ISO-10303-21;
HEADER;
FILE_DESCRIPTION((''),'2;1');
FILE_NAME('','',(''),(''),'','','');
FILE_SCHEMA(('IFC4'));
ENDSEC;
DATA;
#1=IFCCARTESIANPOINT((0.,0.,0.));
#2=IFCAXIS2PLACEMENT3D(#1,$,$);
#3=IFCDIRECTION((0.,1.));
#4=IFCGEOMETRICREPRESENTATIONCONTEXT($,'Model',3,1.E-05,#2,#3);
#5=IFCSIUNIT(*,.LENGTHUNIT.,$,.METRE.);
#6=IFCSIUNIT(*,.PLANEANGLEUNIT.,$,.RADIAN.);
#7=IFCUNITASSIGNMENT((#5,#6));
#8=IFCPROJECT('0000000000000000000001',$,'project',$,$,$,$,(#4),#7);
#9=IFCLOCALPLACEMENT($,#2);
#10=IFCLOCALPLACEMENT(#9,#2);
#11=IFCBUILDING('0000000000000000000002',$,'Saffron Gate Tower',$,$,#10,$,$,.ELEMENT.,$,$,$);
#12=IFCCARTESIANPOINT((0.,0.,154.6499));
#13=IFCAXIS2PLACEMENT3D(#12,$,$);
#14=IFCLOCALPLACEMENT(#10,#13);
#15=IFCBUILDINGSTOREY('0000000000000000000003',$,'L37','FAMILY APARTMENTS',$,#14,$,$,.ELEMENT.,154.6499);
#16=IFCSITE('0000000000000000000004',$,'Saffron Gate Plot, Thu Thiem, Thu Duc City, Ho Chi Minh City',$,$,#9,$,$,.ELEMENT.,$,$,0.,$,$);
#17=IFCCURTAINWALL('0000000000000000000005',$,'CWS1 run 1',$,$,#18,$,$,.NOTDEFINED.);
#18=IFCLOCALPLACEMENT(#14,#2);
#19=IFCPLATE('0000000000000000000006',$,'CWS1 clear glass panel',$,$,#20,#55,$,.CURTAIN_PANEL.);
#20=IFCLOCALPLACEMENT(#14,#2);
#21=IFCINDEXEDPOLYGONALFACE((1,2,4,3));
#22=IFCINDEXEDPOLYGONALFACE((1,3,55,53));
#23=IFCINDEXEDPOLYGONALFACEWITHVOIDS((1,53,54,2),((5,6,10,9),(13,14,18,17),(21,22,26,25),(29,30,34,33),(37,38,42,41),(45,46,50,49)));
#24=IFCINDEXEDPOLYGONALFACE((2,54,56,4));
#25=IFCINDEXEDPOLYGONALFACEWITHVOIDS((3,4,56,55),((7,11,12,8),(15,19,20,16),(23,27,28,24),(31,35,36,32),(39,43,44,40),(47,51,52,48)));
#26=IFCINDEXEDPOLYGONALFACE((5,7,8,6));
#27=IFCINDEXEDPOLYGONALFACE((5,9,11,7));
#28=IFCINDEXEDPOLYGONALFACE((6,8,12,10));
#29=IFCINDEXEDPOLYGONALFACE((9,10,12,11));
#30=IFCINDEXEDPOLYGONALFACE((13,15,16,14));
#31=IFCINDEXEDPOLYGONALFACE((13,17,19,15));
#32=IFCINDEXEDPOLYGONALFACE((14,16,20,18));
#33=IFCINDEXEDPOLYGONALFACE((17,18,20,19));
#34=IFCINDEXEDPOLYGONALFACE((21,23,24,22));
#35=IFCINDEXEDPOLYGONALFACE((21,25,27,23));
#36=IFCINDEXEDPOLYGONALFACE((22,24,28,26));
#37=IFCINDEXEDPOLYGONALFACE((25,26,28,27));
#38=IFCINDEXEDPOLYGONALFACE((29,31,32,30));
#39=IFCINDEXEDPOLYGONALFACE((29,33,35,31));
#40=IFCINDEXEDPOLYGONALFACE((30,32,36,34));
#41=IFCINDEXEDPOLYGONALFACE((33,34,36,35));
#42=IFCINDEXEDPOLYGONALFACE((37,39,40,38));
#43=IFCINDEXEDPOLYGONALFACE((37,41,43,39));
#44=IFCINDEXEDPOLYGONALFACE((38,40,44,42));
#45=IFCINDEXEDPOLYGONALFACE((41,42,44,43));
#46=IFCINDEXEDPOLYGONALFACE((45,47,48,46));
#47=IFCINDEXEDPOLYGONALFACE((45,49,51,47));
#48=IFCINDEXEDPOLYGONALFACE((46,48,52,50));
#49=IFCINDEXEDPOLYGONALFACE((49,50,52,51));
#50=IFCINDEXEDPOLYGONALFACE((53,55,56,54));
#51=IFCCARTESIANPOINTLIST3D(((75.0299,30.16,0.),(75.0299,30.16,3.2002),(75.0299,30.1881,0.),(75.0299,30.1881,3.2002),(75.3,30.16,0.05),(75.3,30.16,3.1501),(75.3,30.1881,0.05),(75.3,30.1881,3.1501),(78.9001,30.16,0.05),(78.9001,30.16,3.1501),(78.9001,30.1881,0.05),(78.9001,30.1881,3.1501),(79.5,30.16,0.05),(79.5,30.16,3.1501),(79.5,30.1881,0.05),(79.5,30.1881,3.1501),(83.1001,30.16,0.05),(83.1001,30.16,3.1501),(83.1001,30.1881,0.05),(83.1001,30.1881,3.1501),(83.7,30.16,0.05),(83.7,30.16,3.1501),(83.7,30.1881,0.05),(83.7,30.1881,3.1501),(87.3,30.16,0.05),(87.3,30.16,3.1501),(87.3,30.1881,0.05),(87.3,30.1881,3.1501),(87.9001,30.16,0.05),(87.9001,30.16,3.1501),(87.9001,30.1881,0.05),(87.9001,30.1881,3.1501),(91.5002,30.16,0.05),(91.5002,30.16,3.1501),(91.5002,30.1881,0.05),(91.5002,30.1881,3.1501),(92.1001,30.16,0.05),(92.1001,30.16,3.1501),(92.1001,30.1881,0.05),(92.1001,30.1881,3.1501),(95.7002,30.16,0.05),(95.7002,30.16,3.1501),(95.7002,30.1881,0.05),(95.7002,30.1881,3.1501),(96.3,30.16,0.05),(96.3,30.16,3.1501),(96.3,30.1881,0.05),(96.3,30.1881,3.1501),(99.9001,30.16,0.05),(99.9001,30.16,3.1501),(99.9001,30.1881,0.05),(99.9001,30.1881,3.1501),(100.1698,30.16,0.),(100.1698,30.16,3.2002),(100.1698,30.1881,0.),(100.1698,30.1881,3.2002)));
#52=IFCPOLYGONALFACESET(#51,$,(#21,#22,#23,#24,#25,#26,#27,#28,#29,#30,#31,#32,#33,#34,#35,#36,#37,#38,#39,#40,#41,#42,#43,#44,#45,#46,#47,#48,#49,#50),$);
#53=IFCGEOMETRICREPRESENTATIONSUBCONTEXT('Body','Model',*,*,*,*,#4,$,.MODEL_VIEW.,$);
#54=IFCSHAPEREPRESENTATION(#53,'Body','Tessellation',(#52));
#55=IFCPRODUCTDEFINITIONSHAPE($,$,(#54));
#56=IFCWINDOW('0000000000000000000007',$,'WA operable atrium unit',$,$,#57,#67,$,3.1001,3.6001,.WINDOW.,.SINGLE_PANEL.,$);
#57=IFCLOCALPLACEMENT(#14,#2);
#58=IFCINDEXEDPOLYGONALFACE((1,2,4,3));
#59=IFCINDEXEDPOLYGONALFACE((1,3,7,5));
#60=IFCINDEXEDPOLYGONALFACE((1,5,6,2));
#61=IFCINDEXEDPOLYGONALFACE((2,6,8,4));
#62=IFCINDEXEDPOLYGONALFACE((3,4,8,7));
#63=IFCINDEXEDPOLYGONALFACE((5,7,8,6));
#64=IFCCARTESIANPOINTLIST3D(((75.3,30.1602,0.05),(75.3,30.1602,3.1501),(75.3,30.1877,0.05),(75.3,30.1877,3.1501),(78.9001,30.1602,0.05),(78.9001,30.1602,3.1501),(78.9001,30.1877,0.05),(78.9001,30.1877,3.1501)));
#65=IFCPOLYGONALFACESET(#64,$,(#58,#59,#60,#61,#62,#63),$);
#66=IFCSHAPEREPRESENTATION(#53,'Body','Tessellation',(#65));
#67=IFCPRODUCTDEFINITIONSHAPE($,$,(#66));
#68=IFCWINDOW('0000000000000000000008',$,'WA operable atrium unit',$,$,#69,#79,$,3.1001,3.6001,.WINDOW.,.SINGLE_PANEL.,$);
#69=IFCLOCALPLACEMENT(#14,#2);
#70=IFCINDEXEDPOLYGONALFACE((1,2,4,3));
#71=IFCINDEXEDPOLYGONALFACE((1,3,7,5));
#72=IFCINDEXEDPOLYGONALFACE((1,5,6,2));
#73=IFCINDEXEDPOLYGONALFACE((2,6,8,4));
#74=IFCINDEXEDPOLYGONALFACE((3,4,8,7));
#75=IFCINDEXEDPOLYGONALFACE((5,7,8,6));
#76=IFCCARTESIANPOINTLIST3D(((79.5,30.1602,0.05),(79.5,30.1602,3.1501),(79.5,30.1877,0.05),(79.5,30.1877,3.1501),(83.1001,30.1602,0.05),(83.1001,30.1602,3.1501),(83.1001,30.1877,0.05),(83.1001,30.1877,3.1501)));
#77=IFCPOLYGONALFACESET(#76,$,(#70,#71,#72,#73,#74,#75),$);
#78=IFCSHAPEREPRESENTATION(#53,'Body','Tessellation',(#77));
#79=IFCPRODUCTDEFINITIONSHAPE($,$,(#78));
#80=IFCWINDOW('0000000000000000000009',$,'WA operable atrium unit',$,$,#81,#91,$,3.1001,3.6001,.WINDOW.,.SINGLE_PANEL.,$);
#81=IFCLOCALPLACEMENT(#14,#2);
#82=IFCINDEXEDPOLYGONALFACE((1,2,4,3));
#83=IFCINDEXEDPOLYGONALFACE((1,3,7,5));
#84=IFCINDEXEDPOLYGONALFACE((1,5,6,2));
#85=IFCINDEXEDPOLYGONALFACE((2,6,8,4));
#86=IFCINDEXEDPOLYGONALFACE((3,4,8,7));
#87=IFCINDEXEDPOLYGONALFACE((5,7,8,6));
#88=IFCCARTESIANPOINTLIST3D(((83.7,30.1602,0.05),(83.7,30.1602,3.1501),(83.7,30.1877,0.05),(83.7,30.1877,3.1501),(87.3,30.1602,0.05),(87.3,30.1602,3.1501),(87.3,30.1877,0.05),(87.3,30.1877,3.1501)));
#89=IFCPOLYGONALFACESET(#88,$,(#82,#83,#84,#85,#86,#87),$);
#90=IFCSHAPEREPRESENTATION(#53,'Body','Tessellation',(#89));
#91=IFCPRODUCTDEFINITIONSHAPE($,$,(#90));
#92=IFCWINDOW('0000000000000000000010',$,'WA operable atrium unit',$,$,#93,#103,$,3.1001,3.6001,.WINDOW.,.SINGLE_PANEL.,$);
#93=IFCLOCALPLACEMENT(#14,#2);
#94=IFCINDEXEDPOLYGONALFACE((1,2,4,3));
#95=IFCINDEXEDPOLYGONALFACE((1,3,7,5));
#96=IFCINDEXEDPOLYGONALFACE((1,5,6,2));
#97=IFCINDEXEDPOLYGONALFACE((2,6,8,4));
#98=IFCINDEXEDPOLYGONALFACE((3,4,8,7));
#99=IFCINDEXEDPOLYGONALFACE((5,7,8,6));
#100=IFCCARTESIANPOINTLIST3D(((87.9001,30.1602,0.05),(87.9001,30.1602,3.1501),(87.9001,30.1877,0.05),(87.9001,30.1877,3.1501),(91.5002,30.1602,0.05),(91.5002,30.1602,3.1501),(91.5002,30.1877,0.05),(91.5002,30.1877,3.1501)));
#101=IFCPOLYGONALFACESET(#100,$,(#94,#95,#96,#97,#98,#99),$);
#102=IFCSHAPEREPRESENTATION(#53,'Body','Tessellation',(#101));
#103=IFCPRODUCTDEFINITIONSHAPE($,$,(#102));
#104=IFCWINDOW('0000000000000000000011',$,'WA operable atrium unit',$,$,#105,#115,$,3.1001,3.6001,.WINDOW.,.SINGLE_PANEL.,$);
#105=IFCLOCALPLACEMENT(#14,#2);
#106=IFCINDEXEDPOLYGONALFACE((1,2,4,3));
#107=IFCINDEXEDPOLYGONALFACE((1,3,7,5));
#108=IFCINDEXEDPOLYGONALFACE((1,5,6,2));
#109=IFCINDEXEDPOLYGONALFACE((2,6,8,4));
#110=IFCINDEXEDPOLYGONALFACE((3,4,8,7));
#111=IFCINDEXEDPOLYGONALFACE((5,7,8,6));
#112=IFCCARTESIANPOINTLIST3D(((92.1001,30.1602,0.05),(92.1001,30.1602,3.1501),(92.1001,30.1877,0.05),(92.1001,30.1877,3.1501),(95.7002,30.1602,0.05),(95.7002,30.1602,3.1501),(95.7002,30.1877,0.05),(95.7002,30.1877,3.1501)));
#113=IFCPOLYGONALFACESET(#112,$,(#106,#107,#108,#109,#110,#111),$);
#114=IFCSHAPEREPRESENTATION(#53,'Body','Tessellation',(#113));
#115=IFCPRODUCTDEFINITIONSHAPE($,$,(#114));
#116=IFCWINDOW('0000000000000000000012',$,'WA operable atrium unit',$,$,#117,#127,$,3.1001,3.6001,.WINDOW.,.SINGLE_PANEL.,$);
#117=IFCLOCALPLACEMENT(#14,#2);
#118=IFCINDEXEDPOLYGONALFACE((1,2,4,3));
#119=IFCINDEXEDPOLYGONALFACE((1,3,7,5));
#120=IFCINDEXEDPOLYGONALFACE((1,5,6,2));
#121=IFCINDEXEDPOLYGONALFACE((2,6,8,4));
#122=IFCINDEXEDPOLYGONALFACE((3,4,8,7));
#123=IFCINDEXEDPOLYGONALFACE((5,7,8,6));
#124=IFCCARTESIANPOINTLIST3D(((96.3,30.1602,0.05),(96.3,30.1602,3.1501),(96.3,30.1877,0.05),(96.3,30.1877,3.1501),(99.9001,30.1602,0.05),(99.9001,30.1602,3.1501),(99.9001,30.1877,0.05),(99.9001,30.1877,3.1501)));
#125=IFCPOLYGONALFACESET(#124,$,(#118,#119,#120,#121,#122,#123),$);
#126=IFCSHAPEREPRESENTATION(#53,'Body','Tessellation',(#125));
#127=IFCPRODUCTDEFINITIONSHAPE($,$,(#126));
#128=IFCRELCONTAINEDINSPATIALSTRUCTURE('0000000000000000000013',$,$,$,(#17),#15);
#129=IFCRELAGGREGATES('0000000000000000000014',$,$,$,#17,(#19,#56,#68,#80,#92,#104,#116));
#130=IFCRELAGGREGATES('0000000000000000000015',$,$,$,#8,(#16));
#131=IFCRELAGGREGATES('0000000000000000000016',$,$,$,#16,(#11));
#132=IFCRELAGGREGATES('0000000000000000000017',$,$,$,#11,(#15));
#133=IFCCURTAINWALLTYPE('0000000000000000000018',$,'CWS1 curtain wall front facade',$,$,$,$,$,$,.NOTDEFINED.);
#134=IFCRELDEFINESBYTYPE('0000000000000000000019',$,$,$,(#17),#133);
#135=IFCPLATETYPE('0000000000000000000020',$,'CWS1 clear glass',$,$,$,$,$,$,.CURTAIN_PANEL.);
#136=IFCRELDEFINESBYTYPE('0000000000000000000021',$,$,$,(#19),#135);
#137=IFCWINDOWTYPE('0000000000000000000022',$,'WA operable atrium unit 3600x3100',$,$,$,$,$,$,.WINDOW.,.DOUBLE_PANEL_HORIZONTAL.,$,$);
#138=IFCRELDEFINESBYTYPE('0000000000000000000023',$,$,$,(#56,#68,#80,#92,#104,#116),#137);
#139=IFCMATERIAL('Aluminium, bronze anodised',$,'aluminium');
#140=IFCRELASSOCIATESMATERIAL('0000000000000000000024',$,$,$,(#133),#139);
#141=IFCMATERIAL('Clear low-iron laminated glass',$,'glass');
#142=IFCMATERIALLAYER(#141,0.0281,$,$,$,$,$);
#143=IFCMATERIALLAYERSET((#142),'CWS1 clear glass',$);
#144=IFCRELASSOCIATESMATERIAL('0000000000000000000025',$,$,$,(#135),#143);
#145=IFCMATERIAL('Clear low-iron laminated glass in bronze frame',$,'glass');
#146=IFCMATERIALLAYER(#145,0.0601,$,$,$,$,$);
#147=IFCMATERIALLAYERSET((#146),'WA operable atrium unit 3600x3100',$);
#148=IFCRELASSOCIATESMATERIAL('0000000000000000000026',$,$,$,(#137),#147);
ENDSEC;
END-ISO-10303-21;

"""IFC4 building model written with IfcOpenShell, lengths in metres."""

from ifc_helpers import new_model, si_unit, direction, frame, frame_2d, origin, place, context, subcontext, project, spatial, rectangle, extrude, material, layer, layer_set, type_object, element, fill, aggregate, save


model = new_model("IFC4")

# Units and contexts
model_context = context("Model", 3, precision=1e-05, world=origin(), true_north=direction((0.0, 1.0)))
body_context = subcontext(model_context, "Body", "Model", "MODEL_VIEW")
ifc_project = project(units=[si_unit("LENGTHUNIT", "METRE"), si_unit("PLANEANGLEUNIT", "RADIAN")], contexts=[model_context])

# Site, building, storey
site_placement = place(None, origin())
site = spatial("IfcSite", under=ifc_project, at=site_placement, Name="Saffron Gate Plot, Thu Thiem, Thu Duc City, Ho Chi Minh City", CompositionType="ELEMENT", RefElevation=0.0)
building_placement = place(site_placement, origin())
building = spatial("IfcBuilding", under=site, at=building_placement, Name="Saffron Gate Tower", CompositionType="ELEMENT")
storey_placement = place(building_placement, frame((0.0, 0.0, 154.6499)))
storey = spatial("IfcBuildingStorey", under=building, at=storey_placement, Name="L37", Description="FAMILY APARTMENTS", CompositionType="ELEMENT", Elevation=154.6499)

# Curtain wall, plate, openings, windows
ifc_material_1 = material(Name="Aluminium, bronze anodised", Category="aluminium")
curtain_wall_type = type_object("IfcCurtainWallType", Name="CWS1 curtain wall front facade", PredefinedType="NOTDEFINED", material=ifc_material_1)
curtain_wall_placement = place(storey_placement, origin())
curtain_wall = element("IfcCurtainWall", 1, at=curtain_wall_placement, inside=storey, type_object=curtain_wall_type, Name="CWS1 run 1", PredefinedType="NOTDEFINED")
ifc_material_2 = material(Name="Clear low-iron laminated glass", Category="glass")
ifc_layer_1 = layer(ifc_material_2, 0.0281)
ifc_layer_set_1 = layer_set([ifc_layer_1], Name="CWS1 clear glass")
plate_type = type_object("IfcPlateType", Name="CWS1 clear glass", PredefinedType="CURTAIN_PANEL", material=ifc_layer_set_1)
plate_placement = place(storey_placement, frame((75.03, 30.1741, 0.0), z_axis=(0.0, 0.0, 1.0), x_axis=(1.0, 0.0, 0.0)))
plate = element("IfcPlate", 2, at=plate_placement, type_object=plate_type, Name="CWS1 clear glass panel", PredefinedType="CURTAIN_PANEL", context=body_context, shape_type="SweptSolid", body=[
    extrude(rectangle(XDim=25.1399, YDim=0.0281, at=frame_2d((12.5698, 0.0))), origin(), (0.0, 0.0, 1.0), 3.2002),
])
opening_1_placement = place(plate_placement, frame((0.27, 0.0, 0.05)))
opening_1 = element("IfcOpeningElement", 3, at=opening_1_placement, cuts=plate, PredefinedType="OPENING", context=body_context, shape_type="SweptSolid", body=[
    extrude(rectangle(XDim=3.6001, YDim=3.1001, at=frame_2d((1.8, 1.55))), frame((0.0, 0.0239, 0.0), z_axis=(0.0, -1.0, 0.0), x_axis=(1.0, 0.0, 0.0)), (0.0, 0.0, 1.0), 0.0481),
])
opening_2_placement = place(plate_placement, frame((4.47, 0.0, 0.05)))
opening_2 = element("IfcOpeningElement", 4, at=opening_2_placement, cuts=plate, PredefinedType="OPENING", context=body_context, shape_type="SweptSolid", body=[
    extrude(rectangle(XDim=3.6001, YDim=3.1001, at=frame_2d((1.8, 1.55))), frame((0.0, 0.0239, 0.0), z_axis=(0.0, -1.0, 0.0), x_axis=(1.0, 0.0, 0.0)), (0.0, 0.0, 1.0), 0.0481),
])
opening_3_placement = place(plate_placement, frame((8.6699, 0.0, 0.05)))
opening_3 = element("IfcOpeningElement", 5, at=opening_3_placement, cuts=plate, PredefinedType="OPENING", context=body_context, shape_type="SweptSolid", body=[
    extrude(rectangle(XDim=3.6001, YDim=3.1001, at=frame_2d((1.8, 1.55))), frame((0.0, 0.0239, 0.0), z_axis=(0.0, -1.0, 0.0), x_axis=(1.0, 0.0, 0.0)), (0.0, 0.0, 1.0), 0.0481),
])
opening_4_placement = place(plate_placement, frame((12.8701, 0.0, 0.05)))
opening_4 = element("IfcOpeningElement", 6, at=opening_4_placement, cuts=plate, PredefinedType="OPENING", context=body_context, shape_type="SweptSolid", body=[
    extrude(rectangle(XDim=3.6001, YDim=3.1001, at=frame_2d((1.8, 1.55))), frame((0.0, 0.0239, 0.0), z_axis=(0.0, -1.0, 0.0), x_axis=(1.0, 0.0, 0.0)), (0.0, 0.0, 1.0), 0.0481),
])
opening_5_placement = place(plate_placement, frame((17.0701, 0.0, 0.05)))
opening_5 = element("IfcOpeningElement", 7, at=opening_5_placement, cuts=plate, PredefinedType="OPENING", context=body_context, shape_type="SweptSolid", body=[
    extrude(rectangle(XDim=3.6001, YDim=3.1001, at=frame_2d((1.8, 1.55))), frame((0.0, 0.0239, 0.0), z_axis=(0.0, -1.0, 0.0), x_axis=(1.0, 0.0, 0.0)), (0.0, 0.0, 1.0), 0.0481),
])
opening_6_placement = place(plate_placement, frame((21.27, 0.0, 0.05)))
opening_6 = element("IfcOpeningElement", 8, at=opening_6_placement, cuts=plate, PredefinedType="OPENING", context=body_context, shape_type="SweptSolid", body=[
    extrude(rectangle(XDim=3.6001, YDim=3.1001, at=frame_2d((1.8, 1.55))), frame((0.0, 0.0239, 0.0), z_axis=(0.0, -1.0, 0.0), x_axis=(1.0, 0.0, 0.0)), (0.0, 0.0, 1.0), 0.0481),
])
ifc_material_3 = material(Name="Clear low-iron laminated glass in bronze frame", Category="glass")
ifc_layer_2 = layer(ifc_material_3, 0.0601)
ifc_layer_set_2 = layer_set([ifc_layer_2], Name="WA operable atrium unit 3600x3100")
window_type = type_object("IfcWindowType", Name="WA operable atrium unit 3600x3100", PartitioningType="DOUBLE_PANEL_HORIZONTAL", PredefinedType="WINDOW", material=ifc_layer_set_2)
window_1_placement = place(opening_1_placement, origin())
window_1 = element("IfcWindow", 9, at=window_1_placement, type_object=window_type, Name="WA operable atrium unit", OverallHeight=3.1001, OverallWidth=3.6001, PartitioningType="SINGLE_PANEL", PredefinedType="WINDOW", context=body_context, shape_type="SweptSolid", body=[
    extrude(rectangle(XDim=3.6001, YDim=3.1001, at=frame_2d((1.8, 1.55))), frame((0.0, 0.0137, 0.0), z_axis=(0.0, -1.0, 0.0), x_axis=(1.0, 0.0, 0.0)), (0.0, 0.0, 1.0), 0.0276),
])
fill(opening_1, window_1)
window_2_placement = place(opening_2_placement, origin())
window_2 = element("IfcWindow", 10, at=window_2_placement, type_object=window_type, Name="WA operable atrium unit", OverallHeight=3.1001, OverallWidth=3.6001, PartitioningType="SINGLE_PANEL", PredefinedType="WINDOW", context=body_context, shape_type="SweptSolid", body=[
    extrude(rectangle(XDim=3.6001, YDim=3.1001, at=frame_2d((1.8, 1.55))), frame((0.0, 0.0137, 0.0), z_axis=(0.0, -1.0, 0.0), x_axis=(1.0, 0.0, 0.0)), (0.0, 0.0, 1.0), 0.0276),
])
fill(opening_2, window_2)
window_3_placement = place(opening_3_placement, origin())
window_3 = element("IfcWindow", 11, at=window_3_placement, type_object=window_type, Name="WA operable atrium unit", OverallHeight=3.1001, OverallWidth=3.6001, PartitioningType="SINGLE_PANEL", PredefinedType="WINDOW", context=body_context, shape_type="SweptSolid", body=[
    extrude(rectangle(XDim=3.6001, YDim=3.1001, at=frame_2d((1.8, 1.55))), frame((0.0, 0.0137, 0.0), z_axis=(0.0, -1.0, 0.0), x_axis=(1.0, 0.0, 0.0)), (0.0, 0.0, 1.0), 0.0276),
])
fill(opening_3, window_3)
window_4_placement = place(opening_4_placement, origin())
window_4 = element("IfcWindow", 12, at=window_4_placement, type_object=window_type, Name="WA operable atrium unit", OverallHeight=3.1001, OverallWidth=3.6001, PartitioningType="SINGLE_PANEL", PredefinedType="WINDOW", context=body_context, shape_type="SweptSolid", body=[
    extrude(rectangle(XDim=3.6001, YDim=3.1001, at=frame_2d((1.8, 1.55))), frame((0.0, 0.0137, 0.0), z_axis=(0.0, -1.0, 0.0), x_axis=(1.0, 0.0, 0.0)), (0.0, 0.0, 1.0), 0.0276),
])
fill(opening_4, window_4)
window_5_placement = place(opening_5_placement, origin())
window_5 = element("IfcWindow", 13, at=window_5_placement, type_object=window_type, Name="WA operable atrium unit", OverallHeight=3.1001, OverallWidth=3.6001, PartitioningType="SINGLE_PANEL", PredefinedType="WINDOW", context=body_context, shape_type="SweptSolid", body=[
    extrude(rectangle(XDim=3.6001, YDim=3.1001, at=frame_2d((1.8, 1.55))), frame((0.0, 0.0137, 0.0), z_axis=(0.0, -1.0, 0.0), x_axis=(1.0, 0.0, 0.0)), (0.0, 0.0, 1.0), 0.0276),
])
fill(opening_5, window_5)
window_6_placement = place(opening_6_placement, origin())
window_6 = element("IfcWindow", 14, at=window_6_placement, type_object=window_type, Name="WA operable atrium unit", OverallHeight=3.1001, OverallWidth=3.6001, PartitioningType="SINGLE_PANEL", PredefinedType="WINDOW", context=body_context, shape_type="SweptSolid", body=[
    extrude(rectangle(XDim=3.6001, YDim=3.1001, at=frame_2d((1.8, 1.55))), frame((0.0, 0.0137, 0.0), z_axis=(0.0, -1.0, 0.0), x_axis=(1.0, 0.0, 0.0)), (0.0, 0.0, 1.0), 0.0276),
])
fill(opening_6, window_6)
aggregate(curtain_wall, [plate, window_1, window_2, window_3, window_4, window_5, window_6])

save(model, "model.ifc")
